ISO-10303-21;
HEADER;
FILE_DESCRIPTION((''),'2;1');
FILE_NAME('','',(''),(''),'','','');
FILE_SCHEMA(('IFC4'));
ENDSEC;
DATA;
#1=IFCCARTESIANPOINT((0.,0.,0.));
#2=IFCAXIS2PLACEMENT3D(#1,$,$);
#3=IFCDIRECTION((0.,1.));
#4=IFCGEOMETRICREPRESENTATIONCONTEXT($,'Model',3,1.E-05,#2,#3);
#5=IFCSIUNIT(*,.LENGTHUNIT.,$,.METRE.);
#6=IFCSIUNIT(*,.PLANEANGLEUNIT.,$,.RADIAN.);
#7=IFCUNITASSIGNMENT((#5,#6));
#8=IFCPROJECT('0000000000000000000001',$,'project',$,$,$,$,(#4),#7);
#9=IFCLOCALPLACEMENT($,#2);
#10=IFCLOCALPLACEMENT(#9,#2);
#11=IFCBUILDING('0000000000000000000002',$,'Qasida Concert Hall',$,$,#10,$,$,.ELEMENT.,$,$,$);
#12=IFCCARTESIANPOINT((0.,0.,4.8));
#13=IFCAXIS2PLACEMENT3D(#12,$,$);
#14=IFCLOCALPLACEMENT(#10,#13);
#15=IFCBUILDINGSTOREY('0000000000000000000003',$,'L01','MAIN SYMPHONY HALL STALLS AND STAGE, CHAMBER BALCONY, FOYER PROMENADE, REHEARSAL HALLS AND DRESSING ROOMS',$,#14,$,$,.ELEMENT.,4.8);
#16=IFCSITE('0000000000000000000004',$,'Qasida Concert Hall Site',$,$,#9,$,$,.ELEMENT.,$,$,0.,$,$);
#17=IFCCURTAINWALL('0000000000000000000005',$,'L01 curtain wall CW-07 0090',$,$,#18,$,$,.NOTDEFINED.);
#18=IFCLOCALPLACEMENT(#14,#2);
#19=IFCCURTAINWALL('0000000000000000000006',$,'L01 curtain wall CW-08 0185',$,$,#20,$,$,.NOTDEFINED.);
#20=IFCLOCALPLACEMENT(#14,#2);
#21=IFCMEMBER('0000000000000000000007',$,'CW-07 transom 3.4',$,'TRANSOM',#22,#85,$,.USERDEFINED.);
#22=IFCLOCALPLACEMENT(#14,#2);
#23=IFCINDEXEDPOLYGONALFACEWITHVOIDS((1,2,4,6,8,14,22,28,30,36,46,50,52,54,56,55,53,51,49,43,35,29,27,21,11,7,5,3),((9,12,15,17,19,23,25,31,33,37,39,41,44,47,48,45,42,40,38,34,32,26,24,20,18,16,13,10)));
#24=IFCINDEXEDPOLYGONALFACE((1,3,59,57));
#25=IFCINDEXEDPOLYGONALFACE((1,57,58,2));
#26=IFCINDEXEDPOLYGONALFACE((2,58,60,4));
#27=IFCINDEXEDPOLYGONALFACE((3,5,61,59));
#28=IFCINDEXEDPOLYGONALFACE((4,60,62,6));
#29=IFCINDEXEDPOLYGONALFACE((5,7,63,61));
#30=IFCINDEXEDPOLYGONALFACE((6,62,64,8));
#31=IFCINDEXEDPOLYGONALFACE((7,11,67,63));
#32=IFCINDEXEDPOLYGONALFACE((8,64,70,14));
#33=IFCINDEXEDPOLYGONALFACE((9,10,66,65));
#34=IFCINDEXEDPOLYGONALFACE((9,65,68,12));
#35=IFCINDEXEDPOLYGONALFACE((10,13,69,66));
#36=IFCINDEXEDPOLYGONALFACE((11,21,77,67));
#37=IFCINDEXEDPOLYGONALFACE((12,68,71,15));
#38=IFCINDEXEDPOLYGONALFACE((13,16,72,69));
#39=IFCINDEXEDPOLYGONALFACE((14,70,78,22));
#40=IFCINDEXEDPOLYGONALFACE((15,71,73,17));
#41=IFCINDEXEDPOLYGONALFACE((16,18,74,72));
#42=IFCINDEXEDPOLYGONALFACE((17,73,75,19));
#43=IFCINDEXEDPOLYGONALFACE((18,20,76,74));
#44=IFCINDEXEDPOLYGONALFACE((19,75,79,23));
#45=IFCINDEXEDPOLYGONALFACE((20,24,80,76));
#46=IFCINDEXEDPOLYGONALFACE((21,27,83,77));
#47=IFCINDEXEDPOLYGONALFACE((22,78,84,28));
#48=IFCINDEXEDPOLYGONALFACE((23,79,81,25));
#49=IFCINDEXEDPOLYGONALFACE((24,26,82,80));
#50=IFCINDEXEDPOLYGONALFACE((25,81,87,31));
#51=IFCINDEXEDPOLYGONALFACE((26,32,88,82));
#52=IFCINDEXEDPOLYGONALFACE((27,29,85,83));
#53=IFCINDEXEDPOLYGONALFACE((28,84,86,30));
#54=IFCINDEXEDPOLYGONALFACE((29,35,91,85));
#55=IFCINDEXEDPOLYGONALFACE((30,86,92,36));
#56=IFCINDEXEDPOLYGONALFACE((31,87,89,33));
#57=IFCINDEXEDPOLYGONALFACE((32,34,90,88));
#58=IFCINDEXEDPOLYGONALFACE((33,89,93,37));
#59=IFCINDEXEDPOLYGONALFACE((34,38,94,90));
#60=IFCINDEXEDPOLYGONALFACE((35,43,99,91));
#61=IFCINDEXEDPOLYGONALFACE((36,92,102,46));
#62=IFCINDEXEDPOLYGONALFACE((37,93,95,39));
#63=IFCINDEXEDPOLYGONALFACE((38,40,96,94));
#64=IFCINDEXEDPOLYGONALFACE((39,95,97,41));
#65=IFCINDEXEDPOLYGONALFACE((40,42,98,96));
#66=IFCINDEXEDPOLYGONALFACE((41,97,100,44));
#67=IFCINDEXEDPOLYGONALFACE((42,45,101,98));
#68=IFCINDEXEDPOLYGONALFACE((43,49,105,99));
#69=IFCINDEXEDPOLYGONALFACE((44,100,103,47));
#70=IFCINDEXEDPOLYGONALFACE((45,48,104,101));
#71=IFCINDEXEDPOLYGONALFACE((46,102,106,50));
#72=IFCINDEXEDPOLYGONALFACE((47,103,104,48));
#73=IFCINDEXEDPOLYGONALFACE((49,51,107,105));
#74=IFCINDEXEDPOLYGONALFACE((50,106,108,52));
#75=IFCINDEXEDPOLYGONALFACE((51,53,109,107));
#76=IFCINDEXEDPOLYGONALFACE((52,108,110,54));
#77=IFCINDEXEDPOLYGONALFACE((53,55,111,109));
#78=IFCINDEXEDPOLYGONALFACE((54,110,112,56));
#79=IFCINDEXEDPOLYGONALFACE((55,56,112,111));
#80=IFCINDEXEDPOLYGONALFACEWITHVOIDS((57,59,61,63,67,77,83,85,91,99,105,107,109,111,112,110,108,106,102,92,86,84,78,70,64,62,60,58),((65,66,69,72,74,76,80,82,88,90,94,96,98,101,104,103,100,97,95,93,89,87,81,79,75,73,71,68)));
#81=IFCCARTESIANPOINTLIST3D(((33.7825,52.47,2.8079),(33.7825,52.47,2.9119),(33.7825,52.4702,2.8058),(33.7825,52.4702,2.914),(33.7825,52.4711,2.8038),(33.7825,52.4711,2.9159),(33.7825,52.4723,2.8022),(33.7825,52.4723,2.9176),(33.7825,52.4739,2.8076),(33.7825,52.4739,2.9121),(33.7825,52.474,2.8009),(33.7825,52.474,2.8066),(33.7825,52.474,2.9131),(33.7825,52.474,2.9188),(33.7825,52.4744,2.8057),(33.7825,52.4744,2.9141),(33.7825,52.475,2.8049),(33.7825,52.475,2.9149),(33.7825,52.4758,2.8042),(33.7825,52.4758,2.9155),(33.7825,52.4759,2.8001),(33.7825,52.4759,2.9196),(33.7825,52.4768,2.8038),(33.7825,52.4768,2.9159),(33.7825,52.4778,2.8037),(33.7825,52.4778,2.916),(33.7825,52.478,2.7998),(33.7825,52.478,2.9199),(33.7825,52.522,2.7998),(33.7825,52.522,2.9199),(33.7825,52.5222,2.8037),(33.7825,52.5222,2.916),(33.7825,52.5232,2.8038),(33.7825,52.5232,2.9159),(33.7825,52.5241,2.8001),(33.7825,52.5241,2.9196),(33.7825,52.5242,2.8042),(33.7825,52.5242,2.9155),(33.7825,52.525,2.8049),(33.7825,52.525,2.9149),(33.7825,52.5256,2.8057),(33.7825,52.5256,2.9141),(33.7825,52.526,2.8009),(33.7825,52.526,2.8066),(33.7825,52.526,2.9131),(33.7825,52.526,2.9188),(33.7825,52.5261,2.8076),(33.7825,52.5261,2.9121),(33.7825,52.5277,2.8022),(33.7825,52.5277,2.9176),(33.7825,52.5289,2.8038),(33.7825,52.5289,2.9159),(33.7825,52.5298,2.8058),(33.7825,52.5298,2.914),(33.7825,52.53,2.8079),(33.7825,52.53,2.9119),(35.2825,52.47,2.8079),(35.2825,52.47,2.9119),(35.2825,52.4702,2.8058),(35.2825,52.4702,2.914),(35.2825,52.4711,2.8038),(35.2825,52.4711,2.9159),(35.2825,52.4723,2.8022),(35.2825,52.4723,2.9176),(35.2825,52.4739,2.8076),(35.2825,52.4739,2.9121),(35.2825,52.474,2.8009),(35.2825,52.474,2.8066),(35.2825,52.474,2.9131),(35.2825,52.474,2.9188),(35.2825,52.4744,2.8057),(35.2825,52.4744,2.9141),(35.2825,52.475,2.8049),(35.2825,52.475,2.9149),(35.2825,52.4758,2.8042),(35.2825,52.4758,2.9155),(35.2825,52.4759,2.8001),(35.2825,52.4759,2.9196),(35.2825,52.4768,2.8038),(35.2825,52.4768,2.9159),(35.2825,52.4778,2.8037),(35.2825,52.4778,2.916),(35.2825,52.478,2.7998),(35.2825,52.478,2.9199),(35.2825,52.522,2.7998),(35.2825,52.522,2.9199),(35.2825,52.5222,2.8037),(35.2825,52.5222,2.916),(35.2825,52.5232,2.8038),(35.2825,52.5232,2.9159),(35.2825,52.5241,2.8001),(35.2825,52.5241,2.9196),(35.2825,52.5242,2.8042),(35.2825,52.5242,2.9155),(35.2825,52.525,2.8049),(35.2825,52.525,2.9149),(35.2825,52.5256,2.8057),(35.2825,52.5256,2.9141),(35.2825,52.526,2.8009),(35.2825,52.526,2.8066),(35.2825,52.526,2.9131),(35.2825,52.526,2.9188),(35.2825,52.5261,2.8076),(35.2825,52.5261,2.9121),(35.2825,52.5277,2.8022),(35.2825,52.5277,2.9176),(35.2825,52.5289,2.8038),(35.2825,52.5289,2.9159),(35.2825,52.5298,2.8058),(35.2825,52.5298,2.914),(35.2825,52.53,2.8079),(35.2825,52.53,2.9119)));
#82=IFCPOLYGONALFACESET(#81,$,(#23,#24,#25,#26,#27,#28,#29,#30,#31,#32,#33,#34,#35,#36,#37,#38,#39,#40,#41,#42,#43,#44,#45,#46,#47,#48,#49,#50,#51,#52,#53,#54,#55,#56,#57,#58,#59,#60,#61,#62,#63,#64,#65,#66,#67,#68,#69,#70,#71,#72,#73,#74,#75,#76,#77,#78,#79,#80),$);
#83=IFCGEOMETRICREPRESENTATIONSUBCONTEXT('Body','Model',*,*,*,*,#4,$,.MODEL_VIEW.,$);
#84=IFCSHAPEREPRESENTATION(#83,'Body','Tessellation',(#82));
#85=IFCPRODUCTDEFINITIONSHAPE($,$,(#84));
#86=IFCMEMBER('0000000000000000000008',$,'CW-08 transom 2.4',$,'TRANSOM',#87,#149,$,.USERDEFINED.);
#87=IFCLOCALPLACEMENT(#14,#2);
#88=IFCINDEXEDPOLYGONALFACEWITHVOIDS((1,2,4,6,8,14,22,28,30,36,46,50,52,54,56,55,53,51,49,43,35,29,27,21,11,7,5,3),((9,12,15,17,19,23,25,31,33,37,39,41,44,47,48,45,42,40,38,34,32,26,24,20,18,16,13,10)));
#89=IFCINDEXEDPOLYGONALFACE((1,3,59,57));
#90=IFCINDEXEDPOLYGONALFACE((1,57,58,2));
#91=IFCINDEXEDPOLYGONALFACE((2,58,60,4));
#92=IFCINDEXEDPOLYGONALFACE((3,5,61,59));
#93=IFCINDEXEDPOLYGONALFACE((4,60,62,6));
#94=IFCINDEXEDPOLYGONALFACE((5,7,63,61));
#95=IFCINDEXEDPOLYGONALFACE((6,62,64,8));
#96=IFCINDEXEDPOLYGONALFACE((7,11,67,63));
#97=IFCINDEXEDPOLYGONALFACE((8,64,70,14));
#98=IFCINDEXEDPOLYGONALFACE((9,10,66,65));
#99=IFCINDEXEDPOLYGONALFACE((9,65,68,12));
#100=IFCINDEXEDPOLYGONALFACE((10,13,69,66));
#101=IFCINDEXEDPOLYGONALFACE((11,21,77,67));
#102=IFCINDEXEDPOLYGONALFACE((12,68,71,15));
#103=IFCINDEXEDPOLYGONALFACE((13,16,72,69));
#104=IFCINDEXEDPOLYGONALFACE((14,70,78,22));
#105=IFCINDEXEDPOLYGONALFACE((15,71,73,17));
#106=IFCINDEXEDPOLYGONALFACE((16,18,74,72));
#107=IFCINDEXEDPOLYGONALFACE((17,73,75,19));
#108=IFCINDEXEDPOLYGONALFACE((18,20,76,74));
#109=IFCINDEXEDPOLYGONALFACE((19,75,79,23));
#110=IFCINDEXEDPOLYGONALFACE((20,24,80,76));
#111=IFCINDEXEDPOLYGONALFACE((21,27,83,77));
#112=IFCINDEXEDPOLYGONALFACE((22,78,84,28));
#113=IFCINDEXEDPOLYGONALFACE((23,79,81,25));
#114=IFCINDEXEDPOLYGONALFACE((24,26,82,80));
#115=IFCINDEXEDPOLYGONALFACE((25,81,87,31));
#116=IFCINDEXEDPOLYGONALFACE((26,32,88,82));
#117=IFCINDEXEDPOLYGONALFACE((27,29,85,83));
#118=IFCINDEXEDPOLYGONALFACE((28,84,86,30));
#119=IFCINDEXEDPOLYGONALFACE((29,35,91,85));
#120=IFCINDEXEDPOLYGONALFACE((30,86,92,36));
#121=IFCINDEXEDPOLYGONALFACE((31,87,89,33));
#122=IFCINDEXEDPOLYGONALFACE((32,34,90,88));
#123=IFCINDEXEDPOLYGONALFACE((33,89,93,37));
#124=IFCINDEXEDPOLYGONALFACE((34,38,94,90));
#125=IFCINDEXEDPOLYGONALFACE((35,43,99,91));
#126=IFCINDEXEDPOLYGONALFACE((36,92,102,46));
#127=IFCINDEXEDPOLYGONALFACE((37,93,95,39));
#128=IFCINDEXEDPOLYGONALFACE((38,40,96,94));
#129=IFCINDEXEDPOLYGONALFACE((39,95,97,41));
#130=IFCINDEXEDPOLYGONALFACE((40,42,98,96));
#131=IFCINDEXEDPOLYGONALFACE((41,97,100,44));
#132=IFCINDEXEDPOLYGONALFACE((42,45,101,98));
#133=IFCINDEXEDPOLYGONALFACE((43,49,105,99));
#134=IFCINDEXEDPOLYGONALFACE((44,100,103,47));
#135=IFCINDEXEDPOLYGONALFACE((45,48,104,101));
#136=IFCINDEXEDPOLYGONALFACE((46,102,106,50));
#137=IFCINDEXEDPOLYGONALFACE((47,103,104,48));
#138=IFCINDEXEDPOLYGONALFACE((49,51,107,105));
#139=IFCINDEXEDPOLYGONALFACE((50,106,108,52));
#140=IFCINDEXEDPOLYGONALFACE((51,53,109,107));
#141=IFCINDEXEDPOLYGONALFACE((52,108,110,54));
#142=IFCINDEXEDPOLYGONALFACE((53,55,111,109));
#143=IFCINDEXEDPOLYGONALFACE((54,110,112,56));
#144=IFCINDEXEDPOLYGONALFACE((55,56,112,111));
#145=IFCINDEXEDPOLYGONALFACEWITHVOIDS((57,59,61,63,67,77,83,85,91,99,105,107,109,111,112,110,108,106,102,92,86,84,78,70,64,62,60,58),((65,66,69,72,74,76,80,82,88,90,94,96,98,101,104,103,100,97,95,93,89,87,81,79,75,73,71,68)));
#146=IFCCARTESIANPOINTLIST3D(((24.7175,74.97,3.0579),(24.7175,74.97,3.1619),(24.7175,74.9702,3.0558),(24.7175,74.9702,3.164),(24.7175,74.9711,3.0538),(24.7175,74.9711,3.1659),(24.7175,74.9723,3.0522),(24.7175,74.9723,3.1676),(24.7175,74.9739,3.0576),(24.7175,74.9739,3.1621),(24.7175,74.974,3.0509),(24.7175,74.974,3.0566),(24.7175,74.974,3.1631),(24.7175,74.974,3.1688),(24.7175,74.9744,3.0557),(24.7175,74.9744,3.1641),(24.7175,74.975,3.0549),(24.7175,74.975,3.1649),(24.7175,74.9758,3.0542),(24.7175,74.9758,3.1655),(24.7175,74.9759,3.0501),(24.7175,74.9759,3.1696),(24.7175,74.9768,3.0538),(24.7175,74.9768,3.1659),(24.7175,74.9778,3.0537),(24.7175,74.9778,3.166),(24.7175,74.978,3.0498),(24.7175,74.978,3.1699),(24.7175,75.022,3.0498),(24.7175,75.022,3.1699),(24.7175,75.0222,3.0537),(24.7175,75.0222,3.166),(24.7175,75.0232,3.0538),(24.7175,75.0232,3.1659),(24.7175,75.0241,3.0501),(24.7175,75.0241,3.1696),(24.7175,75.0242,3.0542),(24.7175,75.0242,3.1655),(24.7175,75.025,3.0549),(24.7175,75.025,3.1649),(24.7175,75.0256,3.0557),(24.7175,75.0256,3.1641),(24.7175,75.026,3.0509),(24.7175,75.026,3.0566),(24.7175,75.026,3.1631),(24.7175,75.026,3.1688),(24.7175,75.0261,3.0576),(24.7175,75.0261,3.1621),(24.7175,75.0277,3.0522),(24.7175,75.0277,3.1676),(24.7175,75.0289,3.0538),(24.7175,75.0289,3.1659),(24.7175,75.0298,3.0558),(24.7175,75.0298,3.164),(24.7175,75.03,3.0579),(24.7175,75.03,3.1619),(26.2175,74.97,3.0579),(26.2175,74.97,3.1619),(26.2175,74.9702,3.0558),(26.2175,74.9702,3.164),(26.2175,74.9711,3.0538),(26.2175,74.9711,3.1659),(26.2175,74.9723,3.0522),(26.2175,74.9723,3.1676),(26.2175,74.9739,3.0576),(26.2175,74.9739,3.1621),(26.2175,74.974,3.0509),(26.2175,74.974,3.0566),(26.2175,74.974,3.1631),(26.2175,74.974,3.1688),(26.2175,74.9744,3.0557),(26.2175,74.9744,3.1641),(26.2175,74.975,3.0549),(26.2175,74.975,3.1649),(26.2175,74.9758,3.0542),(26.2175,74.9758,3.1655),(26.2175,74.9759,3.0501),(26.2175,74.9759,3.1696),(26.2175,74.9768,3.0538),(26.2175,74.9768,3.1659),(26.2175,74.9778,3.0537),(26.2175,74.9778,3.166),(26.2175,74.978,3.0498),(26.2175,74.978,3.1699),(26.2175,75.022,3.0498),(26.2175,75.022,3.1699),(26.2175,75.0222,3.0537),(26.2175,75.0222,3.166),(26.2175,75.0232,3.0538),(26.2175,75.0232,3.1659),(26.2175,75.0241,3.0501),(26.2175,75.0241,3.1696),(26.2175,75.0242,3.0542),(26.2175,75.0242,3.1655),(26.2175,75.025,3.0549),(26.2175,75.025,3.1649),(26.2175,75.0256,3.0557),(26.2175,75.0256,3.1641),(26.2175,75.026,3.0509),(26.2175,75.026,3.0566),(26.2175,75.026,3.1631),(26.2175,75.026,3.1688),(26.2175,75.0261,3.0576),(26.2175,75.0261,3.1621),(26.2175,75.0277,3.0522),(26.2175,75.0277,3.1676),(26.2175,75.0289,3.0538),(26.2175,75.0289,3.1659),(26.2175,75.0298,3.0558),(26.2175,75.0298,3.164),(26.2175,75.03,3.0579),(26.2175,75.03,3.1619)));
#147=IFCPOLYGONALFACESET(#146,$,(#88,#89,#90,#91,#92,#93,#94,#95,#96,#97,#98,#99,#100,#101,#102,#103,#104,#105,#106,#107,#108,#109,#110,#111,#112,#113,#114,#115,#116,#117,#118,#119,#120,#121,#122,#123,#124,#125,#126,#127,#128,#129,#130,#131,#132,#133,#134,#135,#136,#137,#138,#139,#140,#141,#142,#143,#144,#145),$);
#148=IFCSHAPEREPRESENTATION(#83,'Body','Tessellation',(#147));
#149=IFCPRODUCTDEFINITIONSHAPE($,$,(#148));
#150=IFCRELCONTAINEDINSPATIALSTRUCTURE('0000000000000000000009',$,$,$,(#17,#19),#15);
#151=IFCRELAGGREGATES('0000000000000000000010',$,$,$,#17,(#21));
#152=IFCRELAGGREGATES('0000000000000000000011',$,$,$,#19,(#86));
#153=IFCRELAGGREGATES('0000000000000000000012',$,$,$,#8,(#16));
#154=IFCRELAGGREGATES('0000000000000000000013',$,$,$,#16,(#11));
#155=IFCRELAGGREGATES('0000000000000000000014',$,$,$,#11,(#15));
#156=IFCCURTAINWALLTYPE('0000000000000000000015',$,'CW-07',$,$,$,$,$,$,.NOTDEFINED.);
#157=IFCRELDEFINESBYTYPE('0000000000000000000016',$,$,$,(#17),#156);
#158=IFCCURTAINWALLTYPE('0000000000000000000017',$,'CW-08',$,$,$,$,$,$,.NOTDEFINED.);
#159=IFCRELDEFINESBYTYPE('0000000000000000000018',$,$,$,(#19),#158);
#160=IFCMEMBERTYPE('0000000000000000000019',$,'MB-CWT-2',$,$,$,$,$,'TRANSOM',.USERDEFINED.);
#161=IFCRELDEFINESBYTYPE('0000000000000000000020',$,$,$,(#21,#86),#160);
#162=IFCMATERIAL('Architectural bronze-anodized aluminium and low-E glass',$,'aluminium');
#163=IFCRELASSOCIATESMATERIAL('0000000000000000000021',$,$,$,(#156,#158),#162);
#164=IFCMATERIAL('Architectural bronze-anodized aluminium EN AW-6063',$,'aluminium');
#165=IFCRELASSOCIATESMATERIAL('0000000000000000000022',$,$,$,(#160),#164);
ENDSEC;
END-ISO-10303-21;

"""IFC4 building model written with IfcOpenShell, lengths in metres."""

from ifc_helpers import new_model, si_unit, direction, frame, origin, origin_2d, place, context, subcontext, project, spatial, hollow_rectangle, extrude, material, material_profile, profile_set, type_object, element, aggregate, save


model = new_model("IFC4")

# Units and contexts
model_context = context("Model", 3, precision=1e-05, world=origin(), true_north=direction((0.0, 1.0)))
body_context = subcontext(model_context, "Body", "Model", "MODEL_VIEW")
ifc_project = project(units=[si_unit("LENGTHUNIT", "METRE"), si_unit("PLANEANGLEUNIT", "RADIAN")], contexts=[model_context])

# Site, building, storey
site_placement = place(None, origin())
site = spatial("IfcSite", under=ifc_project, at=site_placement, Name="Qasida Concert Hall Site", CompositionType="ELEMENT", RefElevation=0.0)
building_placement = place(site_placement, origin())
building = spatial("IfcBuilding", under=site, at=building_placement, Name="Qasida Concert Hall", CompositionType="ELEMENT")
storey_placement = place(building_placement, frame((0.0, 0.0, 4.8)))
storey = spatial("IfcBuildingStorey", under=building, at=storey_placement, Name="L01", Description="MAIN SYMPHONY HALL STALLS AND STAGE, CHAMBER BALCONY, FOYER PROMENADE, REHEARSAL HALLS AND DRESSING ROOMS", CompositionType="ELEMENT", Elevation=4.8)

# Curtain walls
ifc_material_1 = material(Name="Architectural bronze-anodized aluminium and low-E glass", Category="aluminium")
curtain_wall_type_1 = type_object("IfcCurtainWallType", Name="CW-07", PredefinedType="NOTDEFINED", material=ifc_material_1)
curtain_wall_1_placement = place(storey_placement, origin())
curtain_wall_1 = element("IfcCurtainWall", 1, at=curtain_wall_1_placement, inside=storey, type_object=curtain_wall_type_1, Name="L01 curtain wall CW-07 0090", PredefinedType="NOTDEFINED")
ifc_material_2 = material(Name="Architectural bronze-anodized aluminium EN AW-6063", Category="aluminium")
curtain_wall_type_2 = type_object("IfcCurtainWallType", Name="CW-08", PredefinedType="NOTDEFINED", material=ifc_material_1)
curtain_wall_2_placement = place(storey_placement, origin())
curtain_wall_2 = element("IfcCurtainWall", 2, at=curtain_wall_2_placement, inside=storey, type_object=curtain_wall_type_2, Name="L01 curtain wall CW-08 0185", PredefinedType="NOTDEFINED")

# Members
ifc_material_profile_1 = material_profile(ifc_material_2, hollow_rectangle(XDim=0.0601, YDim=0.1201, WallThickness=0.0039, InnerFilletRadius=0.0039, OuterFilletRadius=0.0081, at=origin_2d()), Name="CWT 120x60x4")
ifc_profile_set_1 = profile_set([ifc_material_profile_1], Name="Architectural bronze-anodized aluminium EN AW-6063")
member_type_1 = type_object("IfcMemberType", Name="MB-CWT-2", ElementType="TRANSOM", PredefinedType="USERDEFINED", material=ifc_profile_set_1)
member_1_placement = place(storey_placement, frame((33.7825, 52.5, 2.8599), z_axis=(1.0, 0.0, 0.0), x_axis=(0.0, 1.0, 0.0)))
member_1 = element("IfcMember", 3, at=member_1_placement, type_object=member_type_1, Name="CW-07 transom 3.4", ObjectType="TRANSOM", PredefinedType="USERDEFINED", context=body_context, shape_type="SweptSolid", body=[
    extrude(hollow_rectangle(XDim=0.0601, YDim=0.1201, WallThickness=0.0039, InnerFilletRadius=0.0039, OuterFilletRadius=0.0081, at=origin_2d()), origin(), (0.0, 0.0, 1.0), 1.5),
])
member_2_placement = place(storey_placement, frame((24.7175, 75.0, 3.1099), z_axis=(1.0, 0.0, 0.0), x_axis=(0.0, 1.0, 0.0)))
member_2 = element("IfcMember", 4, at=member_2_placement, type_object=member_type_1, Name="CW-08 transom 2.4", ObjectType="TRANSOM", PredefinedType="USERDEFINED", context=body_context, shape_type="SweptSolid", body=[
    extrude(hollow_rectangle(XDim=0.0601, YDim=0.1201, WallThickness=0.0039, InnerFilletRadius=0.0039, OuterFilletRadius=0.0081, at=origin_2d()), origin(), (0.0, 0.0, 1.0), 1.5),
])

aggregate(curtain_wall_1, [member_1])
aggregate(curtain_wall_2, [member_2])

save(model, "model.ifc")
